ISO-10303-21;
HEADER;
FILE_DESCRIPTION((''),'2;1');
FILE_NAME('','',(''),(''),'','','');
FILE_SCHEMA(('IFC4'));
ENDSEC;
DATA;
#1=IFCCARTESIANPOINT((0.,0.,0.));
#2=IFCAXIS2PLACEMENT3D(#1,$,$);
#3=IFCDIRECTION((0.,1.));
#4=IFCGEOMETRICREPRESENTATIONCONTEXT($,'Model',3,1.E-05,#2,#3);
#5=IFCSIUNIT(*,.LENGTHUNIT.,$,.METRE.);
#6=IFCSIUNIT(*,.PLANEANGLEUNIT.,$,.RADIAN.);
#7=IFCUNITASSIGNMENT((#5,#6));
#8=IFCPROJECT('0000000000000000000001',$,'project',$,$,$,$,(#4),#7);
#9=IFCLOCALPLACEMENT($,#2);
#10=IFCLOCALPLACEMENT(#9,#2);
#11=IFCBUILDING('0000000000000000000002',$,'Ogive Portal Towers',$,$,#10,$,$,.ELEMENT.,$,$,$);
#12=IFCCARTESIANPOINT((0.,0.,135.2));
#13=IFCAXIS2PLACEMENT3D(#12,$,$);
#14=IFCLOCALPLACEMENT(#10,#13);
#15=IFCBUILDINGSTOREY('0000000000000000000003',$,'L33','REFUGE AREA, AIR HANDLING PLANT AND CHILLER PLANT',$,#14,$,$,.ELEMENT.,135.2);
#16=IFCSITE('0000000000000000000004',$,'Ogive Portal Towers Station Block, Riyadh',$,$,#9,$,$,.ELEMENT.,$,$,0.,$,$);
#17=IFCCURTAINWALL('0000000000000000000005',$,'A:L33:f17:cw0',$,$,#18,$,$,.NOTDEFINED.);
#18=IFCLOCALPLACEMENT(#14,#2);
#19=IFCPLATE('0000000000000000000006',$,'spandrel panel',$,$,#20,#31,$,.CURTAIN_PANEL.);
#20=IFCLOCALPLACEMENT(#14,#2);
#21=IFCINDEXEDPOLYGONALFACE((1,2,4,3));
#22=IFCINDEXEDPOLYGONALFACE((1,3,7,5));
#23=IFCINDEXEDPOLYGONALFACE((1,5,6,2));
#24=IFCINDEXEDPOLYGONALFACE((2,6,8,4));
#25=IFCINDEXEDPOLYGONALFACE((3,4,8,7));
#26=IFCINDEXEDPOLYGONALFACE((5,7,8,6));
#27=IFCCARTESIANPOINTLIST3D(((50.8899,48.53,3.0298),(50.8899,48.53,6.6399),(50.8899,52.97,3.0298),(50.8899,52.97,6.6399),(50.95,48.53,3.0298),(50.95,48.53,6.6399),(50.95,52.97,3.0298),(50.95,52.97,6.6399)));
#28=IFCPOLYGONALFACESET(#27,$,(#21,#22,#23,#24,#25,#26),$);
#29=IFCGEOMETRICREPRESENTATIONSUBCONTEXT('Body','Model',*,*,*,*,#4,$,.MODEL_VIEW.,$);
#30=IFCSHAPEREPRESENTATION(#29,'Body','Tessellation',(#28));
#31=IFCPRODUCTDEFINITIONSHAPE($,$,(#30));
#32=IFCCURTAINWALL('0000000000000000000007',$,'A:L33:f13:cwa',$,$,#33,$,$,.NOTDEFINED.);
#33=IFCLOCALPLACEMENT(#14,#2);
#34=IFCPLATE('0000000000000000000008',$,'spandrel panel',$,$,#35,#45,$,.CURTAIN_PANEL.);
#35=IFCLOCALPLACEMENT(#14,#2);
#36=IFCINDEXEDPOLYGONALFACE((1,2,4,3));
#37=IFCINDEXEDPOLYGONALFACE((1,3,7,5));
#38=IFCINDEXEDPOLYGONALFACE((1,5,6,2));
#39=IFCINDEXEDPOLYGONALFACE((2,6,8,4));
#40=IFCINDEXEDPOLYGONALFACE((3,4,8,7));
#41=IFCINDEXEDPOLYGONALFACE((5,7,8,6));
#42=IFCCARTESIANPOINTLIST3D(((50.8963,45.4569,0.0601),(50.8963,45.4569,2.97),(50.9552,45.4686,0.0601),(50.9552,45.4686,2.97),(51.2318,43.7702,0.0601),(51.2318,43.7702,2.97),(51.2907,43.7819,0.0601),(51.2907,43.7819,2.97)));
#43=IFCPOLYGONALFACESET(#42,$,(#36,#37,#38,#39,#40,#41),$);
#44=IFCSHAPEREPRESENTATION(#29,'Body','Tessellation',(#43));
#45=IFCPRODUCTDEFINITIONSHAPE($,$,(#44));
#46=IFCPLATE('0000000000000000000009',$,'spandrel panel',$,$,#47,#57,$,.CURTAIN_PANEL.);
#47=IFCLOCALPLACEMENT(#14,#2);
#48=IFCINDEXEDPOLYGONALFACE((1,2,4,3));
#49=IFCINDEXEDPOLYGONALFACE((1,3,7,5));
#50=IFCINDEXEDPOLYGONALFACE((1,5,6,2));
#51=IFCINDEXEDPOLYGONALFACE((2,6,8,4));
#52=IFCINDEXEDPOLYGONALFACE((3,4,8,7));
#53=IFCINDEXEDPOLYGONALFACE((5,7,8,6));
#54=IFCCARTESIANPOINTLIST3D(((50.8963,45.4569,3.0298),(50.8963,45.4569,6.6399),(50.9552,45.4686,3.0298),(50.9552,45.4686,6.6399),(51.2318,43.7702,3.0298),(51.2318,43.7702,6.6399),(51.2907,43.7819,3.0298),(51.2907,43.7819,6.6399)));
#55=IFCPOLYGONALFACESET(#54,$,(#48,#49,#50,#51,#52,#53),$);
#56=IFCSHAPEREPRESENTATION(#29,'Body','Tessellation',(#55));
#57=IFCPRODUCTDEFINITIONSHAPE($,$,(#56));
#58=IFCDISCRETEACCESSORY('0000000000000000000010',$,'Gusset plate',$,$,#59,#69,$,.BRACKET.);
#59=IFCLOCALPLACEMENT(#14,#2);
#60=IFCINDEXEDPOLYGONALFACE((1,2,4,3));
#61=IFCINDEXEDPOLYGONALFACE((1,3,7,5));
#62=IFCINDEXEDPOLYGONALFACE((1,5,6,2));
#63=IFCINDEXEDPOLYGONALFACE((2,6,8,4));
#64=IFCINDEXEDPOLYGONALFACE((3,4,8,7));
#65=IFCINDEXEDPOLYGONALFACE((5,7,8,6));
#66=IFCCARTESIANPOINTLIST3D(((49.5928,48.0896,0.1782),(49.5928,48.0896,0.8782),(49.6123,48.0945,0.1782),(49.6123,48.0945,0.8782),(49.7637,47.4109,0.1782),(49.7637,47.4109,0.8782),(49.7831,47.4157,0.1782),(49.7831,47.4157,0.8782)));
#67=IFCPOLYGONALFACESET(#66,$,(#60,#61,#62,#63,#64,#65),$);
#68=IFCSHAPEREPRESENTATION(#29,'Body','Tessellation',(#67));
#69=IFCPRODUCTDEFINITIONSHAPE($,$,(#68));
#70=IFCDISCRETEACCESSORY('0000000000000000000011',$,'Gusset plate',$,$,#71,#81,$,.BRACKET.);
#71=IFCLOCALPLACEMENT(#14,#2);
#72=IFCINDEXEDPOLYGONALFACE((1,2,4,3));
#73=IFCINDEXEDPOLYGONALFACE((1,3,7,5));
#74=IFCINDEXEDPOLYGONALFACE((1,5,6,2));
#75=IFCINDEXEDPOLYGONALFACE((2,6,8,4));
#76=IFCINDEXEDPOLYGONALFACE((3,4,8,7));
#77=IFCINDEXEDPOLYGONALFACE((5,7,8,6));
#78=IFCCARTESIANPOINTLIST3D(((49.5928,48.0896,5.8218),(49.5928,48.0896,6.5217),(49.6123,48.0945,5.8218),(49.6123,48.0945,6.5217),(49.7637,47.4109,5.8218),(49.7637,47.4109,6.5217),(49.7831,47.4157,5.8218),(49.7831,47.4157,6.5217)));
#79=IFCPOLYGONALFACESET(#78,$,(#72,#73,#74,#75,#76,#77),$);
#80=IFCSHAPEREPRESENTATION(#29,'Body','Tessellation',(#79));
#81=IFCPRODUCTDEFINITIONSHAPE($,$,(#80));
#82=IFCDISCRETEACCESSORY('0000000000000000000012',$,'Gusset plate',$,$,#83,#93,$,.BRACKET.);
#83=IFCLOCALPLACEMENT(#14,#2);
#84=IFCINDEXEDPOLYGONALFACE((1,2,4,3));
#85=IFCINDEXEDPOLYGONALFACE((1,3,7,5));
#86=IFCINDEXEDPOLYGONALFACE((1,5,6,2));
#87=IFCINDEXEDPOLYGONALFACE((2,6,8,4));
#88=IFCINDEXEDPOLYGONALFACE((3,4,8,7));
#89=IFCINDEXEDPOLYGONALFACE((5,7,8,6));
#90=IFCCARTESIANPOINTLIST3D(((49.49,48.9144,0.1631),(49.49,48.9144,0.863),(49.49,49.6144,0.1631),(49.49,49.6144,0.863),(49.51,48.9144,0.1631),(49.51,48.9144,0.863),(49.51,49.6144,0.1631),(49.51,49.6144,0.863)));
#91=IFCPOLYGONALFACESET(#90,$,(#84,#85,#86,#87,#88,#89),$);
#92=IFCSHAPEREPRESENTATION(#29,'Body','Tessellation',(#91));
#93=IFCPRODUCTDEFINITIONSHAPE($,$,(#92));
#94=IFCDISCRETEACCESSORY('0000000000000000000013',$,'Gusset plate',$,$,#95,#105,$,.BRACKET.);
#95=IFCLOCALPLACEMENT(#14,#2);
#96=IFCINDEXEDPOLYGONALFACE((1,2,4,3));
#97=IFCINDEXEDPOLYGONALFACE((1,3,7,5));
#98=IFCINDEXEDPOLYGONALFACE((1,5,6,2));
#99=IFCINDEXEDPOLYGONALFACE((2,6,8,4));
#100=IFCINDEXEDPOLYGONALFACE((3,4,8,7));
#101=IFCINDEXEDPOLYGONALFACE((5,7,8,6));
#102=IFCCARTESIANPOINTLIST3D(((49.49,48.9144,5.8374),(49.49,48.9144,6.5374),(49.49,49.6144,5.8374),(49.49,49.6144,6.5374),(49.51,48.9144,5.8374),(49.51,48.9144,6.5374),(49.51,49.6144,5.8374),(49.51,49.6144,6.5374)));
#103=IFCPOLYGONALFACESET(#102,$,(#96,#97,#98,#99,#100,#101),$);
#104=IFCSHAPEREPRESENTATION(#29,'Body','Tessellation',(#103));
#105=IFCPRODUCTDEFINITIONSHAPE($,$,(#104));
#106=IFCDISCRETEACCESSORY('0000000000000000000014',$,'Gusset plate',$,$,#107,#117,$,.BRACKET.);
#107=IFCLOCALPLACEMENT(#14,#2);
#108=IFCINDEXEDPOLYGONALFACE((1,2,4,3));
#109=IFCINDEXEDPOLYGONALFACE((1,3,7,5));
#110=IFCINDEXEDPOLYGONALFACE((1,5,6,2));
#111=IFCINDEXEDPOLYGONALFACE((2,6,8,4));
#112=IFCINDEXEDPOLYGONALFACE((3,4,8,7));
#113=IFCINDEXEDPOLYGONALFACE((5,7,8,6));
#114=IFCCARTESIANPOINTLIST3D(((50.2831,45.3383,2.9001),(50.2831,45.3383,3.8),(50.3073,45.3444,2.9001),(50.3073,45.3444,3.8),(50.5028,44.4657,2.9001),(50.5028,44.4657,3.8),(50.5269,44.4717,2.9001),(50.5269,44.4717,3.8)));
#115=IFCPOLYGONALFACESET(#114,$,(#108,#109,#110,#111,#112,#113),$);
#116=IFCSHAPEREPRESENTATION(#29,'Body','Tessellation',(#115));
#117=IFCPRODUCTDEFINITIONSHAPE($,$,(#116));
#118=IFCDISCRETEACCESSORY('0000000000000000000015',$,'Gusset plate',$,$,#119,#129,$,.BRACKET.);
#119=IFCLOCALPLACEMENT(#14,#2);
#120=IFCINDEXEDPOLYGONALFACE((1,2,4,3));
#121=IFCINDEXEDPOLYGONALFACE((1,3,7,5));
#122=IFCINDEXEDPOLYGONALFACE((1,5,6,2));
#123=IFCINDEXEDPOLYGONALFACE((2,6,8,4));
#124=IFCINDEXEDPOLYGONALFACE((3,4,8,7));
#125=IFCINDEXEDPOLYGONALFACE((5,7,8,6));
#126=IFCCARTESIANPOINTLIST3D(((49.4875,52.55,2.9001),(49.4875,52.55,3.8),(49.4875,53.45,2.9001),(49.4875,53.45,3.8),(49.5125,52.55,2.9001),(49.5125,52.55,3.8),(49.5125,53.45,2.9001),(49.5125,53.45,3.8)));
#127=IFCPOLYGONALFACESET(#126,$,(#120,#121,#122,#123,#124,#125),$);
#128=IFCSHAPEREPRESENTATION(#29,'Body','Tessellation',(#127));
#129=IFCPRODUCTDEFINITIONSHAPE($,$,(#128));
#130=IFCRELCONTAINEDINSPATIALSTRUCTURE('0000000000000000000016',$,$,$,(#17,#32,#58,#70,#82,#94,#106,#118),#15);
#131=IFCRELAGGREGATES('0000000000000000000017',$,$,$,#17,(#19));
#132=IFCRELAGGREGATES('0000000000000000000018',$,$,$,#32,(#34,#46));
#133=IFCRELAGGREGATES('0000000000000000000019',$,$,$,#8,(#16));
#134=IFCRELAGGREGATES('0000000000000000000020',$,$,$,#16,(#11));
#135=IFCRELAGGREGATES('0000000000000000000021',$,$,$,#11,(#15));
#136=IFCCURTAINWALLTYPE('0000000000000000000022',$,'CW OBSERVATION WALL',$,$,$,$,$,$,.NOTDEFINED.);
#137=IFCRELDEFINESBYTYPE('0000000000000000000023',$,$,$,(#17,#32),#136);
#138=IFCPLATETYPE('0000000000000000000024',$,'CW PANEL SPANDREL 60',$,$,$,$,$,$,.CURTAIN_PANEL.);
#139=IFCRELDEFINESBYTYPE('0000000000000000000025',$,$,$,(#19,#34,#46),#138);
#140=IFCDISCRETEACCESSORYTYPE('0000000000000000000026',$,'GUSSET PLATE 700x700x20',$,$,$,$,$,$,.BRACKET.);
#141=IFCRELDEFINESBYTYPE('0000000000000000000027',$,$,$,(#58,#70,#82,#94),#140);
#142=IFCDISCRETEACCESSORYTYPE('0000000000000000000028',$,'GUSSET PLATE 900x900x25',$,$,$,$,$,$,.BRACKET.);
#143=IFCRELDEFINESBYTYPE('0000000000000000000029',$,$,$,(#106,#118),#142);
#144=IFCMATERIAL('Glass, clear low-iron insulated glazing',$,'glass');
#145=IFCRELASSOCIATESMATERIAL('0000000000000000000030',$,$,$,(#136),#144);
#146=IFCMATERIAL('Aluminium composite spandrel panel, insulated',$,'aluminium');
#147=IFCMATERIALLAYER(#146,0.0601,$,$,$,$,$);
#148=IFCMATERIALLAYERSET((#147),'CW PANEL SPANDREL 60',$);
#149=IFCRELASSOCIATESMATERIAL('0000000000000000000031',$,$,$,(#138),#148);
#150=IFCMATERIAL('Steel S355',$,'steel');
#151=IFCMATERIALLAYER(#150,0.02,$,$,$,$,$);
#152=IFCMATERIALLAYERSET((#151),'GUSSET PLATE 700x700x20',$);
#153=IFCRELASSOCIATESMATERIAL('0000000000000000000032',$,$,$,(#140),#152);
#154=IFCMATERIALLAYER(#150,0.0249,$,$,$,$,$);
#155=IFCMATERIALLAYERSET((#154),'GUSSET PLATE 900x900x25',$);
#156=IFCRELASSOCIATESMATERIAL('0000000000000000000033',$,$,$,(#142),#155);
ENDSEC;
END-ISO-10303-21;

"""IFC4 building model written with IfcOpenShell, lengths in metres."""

from ifc_helpers import new_model, si_unit, direction, frame, origin, origin_2d, place, context, subcontext, project, spatial, rectangle, extrude, material, layer, layer_set, type_object, element, aggregate, save


model = new_model("IFC4")

# Units and contexts
model_context = context("Model", 3, precision=1e-05, world=origin(), true_north=direction((0.0, 1.0)))
body_context = subcontext(model_context, "Body", "Model", "MODEL_VIEW")
ifc_project = project(units=[si_unit("LENGTHUNIT", "METRE"), si_unit("PLANEANGLEUNIT", "RADIAN")], contexts=[model_context])

# Site, building, storey
site_placement = place(None, origin())
site = spatial("IfcSite", under=ifc_project, at=site_placement, Name="Ogive Portal Towers Station Block, Riyadh", CompositionType="ELEMENT", RefElevation=0.0)
building_placement = place(site_placement, origin())
building = spatial("IfcBuilding", under=site, at=building_placement, Name="Ogive Portal Towers", CompositionType="ELEMENT")
storey_placement = place(building_placement, frame((0.0, 0.0, 135.2)))
storey = spatial("IfcBuildingStorey", under=building, at=storey_placement, Name="L33", Description="REFUGE AREA, AIR HANDLING PLANT AND CHILLER PLANT", CompositionType="ELEMENT", Elevation=135.2)

# Shared definitions
ifc_material_1 = material(Name="Steel S355", Category="steel")

# Curtain wall
ifc_material_2 = material(Name="Glass, clear low-iron insulated glazing", Category="glass")
curtain_wall_type = type_object("IfcCurtainWallType", Name="CW OBSERVATION WALL", PredefinedType="NOTDEFINED", material=ifc_material_2)
curtain_wall_1_placement = place(storey_placement, origin())
curtain_wall_1 = element("IfcCurtainWall", 1, at=curtain_wall_1_placement, inside=storey, type_object=curtain_wall_type, Name="A:L33:f17:cw0", PredefinedType="NOTDEFINED")

# Plate
ifc_material_3 = material(Name="Aluminium composite spandrel panel, insulated", Category="aluminium")
ifc_layer_1 = layer(ifc_material_3, 0.0601)
ifc_layer_set_1 = layer_set([ifc_layer_1], Name="CW PANEL SPANDREL 60")
plate_type = type_object("IfcPlateType", Name="CW PANEL SPANDREL 60", PredefinedType="CURTAIN_PANEL", material=ifc_layer_set_1)
plate_1_placement = place(storey_placement, frame((50.9199, 50.75, 3.0298), z_axis=(0.0, 0.0, 1.0), x_axis=(0.0, 1.0, 0.0)))
plate_1 = element("IfcPlate", 2, at=plate_1_placement, type_object=plate_type, Name="spandrel panel", PredefinedType="CURTAIN_PANEL", context=body_context, shape_type="SweptSolid", body=[
    extrude(rectangle(XDim=4.4399, YDim=0.0601, at=origin_2d()), origin(), (0.0, 0.0, 1.0), 3.6101),
])
aggregate(curtain_wall_1, [plate_1])

# Curtain wall, plates
curtain_wall_2_placement = place(storey_placement, origin())
curtain_wall_2 = element("IfcCurtainWall", 3, at=curtain_wall_2_placement, inside=storey, type_object=curtain_wall_type, Name="A:L33:f13:cwa", PredefinedType="NOTDEFINED")
plate_2_placement = place(storey_placement, frame((51.0935, 44.6194, 0.0601), z_axis=(0.0, 0.0, 1.0), x_axis=(-0.19509, 0.980785, 0.0)))
plate_2 = element("IfcPlate", 4, at=plate_2_placement, type_object=plate_type, Name="spandrel panel", PredefinedType="CURTAIN_PANEL", context=body_context, shape_type="SweptSolid", body=[
    extrude(rectangle(XDim=1.7197, YDim=0.0601, at=origin_2d()), origin(), (0.0, 0.0, 1.0), 2.9099),
])
plate_3_placement = place(storey_placement, frame((51.0935, 44.6194, 3.0298), z_axis=(0.0, 0.0, 1.0), x_axis=(-0.19509, 0.980785, 0.0)))
plate_3 = element("IfcPlate", 5, at=plate_3_placement, type_object=plate_type, Name="spandrel panel", PredefinedType="CURTAIN_PANEL", context=body_context, shape_type="SweptSolid", body=[
    extrude(rectangle(XDim=1.7197, YDim=0.0601, at=origin_2d()), origin(), (0.0, 0.0, 1.0), 3.6101),
])
aggregate(curtain_wall_2, [plate_2, plate_3])

# Discrete accessories
ifc_layer_2 = layer(ifc_material_1, 0.02)
ifc_layer_set_2 = layer_set([ifc_layer_2], Name="GUSSET PLATE 700x700x20")
discrete_accessory_type_1 = type_object("IfcDiscreteAccessoryType", Name="GUSSET PLATE 700x700x20", PredefinedType="BRACKET", material=ifc_layer_set_2)
for number, where, z_axis, x_axis, name in (
    (6, (49.688, 47.7527, 0.1782), (0.0, 0.0, 1.0), (-0.24414, 0.96974, 0.0), "Gusset plate"),
    (7, (49.688, 47.7527, 5.8218), (0.0, 0.0, 1.0), (-0.24414, 0.96974, 0.0), "Gusset plate"),
    (8, (49.5, 49.2644, 0.1631), (0.0, 0.0, 1.0), (0.0, 1.0, 0.0), "Gusset plate"),
    (9, (49.5, 49.2644, 5.8374), (0.0, 0.0, 1.0), (0.0, 1.0, 0.0), "Gusset plate"),
):
    element("IfcDiscreteAccessory", number, at=place(storey_placement, frame(where, z_axis=z_axis, x_axis=x_axis)), inside=storey, type_object=discrete_accessory_type_1, Name=name, PredefinedType="BRACKET", context=body_context, shape_type="SweptSolid", body=[
        extrude(rectangle(XDim=0.7, YDim=0.02, at=origin_2d()), origin(), (0.0, 0.0, 1.0), 0.7),
    ])
ifc_layer_3 = layer(ifc_material_1, 0.0249)
ifc_layer_set_3 = layer_set([ifc_layer_3], Name="GUSSET PLATE 900x900x25")
discrete_accessory_type_2 = type_object("IfcDiscreteAccessoryType", Name="GUSSET PLATE 900x900x25", PredefinedType="BRACKET", material=ifc_layer_set_3)
for number, where, z_axis, x_axis, name in (
    (10, (50.405, 44.905, 2.9001), (0.0, 0.0, 1.0), (-0.244123, 0.969744, 0.0), "Gusset plate"),
    (11, (49.5, 53.0, 2.9001), (0.0, 0.0, 1.0), (0.0, 1.0, 0.0), "Gusset plate"),
):
    element("IfcDiscreteAccessory", number, at=place(storey_placement, frame(where, z_axis=z_axis, x_axis=x_axis)), inside=storey, type_object=discrete_accessory_type_2, Name=name, PredefinedType="BRACKET", context=body_context, shape_type="SweptSolid", body=[
        extrude(rectangle(XDim=0.8999, YDim=0.0249, at=origin_2d()), origin(), (0.0, 0.0, 1.0), 0.8999),
    ])

save(model, "model.ifc")
